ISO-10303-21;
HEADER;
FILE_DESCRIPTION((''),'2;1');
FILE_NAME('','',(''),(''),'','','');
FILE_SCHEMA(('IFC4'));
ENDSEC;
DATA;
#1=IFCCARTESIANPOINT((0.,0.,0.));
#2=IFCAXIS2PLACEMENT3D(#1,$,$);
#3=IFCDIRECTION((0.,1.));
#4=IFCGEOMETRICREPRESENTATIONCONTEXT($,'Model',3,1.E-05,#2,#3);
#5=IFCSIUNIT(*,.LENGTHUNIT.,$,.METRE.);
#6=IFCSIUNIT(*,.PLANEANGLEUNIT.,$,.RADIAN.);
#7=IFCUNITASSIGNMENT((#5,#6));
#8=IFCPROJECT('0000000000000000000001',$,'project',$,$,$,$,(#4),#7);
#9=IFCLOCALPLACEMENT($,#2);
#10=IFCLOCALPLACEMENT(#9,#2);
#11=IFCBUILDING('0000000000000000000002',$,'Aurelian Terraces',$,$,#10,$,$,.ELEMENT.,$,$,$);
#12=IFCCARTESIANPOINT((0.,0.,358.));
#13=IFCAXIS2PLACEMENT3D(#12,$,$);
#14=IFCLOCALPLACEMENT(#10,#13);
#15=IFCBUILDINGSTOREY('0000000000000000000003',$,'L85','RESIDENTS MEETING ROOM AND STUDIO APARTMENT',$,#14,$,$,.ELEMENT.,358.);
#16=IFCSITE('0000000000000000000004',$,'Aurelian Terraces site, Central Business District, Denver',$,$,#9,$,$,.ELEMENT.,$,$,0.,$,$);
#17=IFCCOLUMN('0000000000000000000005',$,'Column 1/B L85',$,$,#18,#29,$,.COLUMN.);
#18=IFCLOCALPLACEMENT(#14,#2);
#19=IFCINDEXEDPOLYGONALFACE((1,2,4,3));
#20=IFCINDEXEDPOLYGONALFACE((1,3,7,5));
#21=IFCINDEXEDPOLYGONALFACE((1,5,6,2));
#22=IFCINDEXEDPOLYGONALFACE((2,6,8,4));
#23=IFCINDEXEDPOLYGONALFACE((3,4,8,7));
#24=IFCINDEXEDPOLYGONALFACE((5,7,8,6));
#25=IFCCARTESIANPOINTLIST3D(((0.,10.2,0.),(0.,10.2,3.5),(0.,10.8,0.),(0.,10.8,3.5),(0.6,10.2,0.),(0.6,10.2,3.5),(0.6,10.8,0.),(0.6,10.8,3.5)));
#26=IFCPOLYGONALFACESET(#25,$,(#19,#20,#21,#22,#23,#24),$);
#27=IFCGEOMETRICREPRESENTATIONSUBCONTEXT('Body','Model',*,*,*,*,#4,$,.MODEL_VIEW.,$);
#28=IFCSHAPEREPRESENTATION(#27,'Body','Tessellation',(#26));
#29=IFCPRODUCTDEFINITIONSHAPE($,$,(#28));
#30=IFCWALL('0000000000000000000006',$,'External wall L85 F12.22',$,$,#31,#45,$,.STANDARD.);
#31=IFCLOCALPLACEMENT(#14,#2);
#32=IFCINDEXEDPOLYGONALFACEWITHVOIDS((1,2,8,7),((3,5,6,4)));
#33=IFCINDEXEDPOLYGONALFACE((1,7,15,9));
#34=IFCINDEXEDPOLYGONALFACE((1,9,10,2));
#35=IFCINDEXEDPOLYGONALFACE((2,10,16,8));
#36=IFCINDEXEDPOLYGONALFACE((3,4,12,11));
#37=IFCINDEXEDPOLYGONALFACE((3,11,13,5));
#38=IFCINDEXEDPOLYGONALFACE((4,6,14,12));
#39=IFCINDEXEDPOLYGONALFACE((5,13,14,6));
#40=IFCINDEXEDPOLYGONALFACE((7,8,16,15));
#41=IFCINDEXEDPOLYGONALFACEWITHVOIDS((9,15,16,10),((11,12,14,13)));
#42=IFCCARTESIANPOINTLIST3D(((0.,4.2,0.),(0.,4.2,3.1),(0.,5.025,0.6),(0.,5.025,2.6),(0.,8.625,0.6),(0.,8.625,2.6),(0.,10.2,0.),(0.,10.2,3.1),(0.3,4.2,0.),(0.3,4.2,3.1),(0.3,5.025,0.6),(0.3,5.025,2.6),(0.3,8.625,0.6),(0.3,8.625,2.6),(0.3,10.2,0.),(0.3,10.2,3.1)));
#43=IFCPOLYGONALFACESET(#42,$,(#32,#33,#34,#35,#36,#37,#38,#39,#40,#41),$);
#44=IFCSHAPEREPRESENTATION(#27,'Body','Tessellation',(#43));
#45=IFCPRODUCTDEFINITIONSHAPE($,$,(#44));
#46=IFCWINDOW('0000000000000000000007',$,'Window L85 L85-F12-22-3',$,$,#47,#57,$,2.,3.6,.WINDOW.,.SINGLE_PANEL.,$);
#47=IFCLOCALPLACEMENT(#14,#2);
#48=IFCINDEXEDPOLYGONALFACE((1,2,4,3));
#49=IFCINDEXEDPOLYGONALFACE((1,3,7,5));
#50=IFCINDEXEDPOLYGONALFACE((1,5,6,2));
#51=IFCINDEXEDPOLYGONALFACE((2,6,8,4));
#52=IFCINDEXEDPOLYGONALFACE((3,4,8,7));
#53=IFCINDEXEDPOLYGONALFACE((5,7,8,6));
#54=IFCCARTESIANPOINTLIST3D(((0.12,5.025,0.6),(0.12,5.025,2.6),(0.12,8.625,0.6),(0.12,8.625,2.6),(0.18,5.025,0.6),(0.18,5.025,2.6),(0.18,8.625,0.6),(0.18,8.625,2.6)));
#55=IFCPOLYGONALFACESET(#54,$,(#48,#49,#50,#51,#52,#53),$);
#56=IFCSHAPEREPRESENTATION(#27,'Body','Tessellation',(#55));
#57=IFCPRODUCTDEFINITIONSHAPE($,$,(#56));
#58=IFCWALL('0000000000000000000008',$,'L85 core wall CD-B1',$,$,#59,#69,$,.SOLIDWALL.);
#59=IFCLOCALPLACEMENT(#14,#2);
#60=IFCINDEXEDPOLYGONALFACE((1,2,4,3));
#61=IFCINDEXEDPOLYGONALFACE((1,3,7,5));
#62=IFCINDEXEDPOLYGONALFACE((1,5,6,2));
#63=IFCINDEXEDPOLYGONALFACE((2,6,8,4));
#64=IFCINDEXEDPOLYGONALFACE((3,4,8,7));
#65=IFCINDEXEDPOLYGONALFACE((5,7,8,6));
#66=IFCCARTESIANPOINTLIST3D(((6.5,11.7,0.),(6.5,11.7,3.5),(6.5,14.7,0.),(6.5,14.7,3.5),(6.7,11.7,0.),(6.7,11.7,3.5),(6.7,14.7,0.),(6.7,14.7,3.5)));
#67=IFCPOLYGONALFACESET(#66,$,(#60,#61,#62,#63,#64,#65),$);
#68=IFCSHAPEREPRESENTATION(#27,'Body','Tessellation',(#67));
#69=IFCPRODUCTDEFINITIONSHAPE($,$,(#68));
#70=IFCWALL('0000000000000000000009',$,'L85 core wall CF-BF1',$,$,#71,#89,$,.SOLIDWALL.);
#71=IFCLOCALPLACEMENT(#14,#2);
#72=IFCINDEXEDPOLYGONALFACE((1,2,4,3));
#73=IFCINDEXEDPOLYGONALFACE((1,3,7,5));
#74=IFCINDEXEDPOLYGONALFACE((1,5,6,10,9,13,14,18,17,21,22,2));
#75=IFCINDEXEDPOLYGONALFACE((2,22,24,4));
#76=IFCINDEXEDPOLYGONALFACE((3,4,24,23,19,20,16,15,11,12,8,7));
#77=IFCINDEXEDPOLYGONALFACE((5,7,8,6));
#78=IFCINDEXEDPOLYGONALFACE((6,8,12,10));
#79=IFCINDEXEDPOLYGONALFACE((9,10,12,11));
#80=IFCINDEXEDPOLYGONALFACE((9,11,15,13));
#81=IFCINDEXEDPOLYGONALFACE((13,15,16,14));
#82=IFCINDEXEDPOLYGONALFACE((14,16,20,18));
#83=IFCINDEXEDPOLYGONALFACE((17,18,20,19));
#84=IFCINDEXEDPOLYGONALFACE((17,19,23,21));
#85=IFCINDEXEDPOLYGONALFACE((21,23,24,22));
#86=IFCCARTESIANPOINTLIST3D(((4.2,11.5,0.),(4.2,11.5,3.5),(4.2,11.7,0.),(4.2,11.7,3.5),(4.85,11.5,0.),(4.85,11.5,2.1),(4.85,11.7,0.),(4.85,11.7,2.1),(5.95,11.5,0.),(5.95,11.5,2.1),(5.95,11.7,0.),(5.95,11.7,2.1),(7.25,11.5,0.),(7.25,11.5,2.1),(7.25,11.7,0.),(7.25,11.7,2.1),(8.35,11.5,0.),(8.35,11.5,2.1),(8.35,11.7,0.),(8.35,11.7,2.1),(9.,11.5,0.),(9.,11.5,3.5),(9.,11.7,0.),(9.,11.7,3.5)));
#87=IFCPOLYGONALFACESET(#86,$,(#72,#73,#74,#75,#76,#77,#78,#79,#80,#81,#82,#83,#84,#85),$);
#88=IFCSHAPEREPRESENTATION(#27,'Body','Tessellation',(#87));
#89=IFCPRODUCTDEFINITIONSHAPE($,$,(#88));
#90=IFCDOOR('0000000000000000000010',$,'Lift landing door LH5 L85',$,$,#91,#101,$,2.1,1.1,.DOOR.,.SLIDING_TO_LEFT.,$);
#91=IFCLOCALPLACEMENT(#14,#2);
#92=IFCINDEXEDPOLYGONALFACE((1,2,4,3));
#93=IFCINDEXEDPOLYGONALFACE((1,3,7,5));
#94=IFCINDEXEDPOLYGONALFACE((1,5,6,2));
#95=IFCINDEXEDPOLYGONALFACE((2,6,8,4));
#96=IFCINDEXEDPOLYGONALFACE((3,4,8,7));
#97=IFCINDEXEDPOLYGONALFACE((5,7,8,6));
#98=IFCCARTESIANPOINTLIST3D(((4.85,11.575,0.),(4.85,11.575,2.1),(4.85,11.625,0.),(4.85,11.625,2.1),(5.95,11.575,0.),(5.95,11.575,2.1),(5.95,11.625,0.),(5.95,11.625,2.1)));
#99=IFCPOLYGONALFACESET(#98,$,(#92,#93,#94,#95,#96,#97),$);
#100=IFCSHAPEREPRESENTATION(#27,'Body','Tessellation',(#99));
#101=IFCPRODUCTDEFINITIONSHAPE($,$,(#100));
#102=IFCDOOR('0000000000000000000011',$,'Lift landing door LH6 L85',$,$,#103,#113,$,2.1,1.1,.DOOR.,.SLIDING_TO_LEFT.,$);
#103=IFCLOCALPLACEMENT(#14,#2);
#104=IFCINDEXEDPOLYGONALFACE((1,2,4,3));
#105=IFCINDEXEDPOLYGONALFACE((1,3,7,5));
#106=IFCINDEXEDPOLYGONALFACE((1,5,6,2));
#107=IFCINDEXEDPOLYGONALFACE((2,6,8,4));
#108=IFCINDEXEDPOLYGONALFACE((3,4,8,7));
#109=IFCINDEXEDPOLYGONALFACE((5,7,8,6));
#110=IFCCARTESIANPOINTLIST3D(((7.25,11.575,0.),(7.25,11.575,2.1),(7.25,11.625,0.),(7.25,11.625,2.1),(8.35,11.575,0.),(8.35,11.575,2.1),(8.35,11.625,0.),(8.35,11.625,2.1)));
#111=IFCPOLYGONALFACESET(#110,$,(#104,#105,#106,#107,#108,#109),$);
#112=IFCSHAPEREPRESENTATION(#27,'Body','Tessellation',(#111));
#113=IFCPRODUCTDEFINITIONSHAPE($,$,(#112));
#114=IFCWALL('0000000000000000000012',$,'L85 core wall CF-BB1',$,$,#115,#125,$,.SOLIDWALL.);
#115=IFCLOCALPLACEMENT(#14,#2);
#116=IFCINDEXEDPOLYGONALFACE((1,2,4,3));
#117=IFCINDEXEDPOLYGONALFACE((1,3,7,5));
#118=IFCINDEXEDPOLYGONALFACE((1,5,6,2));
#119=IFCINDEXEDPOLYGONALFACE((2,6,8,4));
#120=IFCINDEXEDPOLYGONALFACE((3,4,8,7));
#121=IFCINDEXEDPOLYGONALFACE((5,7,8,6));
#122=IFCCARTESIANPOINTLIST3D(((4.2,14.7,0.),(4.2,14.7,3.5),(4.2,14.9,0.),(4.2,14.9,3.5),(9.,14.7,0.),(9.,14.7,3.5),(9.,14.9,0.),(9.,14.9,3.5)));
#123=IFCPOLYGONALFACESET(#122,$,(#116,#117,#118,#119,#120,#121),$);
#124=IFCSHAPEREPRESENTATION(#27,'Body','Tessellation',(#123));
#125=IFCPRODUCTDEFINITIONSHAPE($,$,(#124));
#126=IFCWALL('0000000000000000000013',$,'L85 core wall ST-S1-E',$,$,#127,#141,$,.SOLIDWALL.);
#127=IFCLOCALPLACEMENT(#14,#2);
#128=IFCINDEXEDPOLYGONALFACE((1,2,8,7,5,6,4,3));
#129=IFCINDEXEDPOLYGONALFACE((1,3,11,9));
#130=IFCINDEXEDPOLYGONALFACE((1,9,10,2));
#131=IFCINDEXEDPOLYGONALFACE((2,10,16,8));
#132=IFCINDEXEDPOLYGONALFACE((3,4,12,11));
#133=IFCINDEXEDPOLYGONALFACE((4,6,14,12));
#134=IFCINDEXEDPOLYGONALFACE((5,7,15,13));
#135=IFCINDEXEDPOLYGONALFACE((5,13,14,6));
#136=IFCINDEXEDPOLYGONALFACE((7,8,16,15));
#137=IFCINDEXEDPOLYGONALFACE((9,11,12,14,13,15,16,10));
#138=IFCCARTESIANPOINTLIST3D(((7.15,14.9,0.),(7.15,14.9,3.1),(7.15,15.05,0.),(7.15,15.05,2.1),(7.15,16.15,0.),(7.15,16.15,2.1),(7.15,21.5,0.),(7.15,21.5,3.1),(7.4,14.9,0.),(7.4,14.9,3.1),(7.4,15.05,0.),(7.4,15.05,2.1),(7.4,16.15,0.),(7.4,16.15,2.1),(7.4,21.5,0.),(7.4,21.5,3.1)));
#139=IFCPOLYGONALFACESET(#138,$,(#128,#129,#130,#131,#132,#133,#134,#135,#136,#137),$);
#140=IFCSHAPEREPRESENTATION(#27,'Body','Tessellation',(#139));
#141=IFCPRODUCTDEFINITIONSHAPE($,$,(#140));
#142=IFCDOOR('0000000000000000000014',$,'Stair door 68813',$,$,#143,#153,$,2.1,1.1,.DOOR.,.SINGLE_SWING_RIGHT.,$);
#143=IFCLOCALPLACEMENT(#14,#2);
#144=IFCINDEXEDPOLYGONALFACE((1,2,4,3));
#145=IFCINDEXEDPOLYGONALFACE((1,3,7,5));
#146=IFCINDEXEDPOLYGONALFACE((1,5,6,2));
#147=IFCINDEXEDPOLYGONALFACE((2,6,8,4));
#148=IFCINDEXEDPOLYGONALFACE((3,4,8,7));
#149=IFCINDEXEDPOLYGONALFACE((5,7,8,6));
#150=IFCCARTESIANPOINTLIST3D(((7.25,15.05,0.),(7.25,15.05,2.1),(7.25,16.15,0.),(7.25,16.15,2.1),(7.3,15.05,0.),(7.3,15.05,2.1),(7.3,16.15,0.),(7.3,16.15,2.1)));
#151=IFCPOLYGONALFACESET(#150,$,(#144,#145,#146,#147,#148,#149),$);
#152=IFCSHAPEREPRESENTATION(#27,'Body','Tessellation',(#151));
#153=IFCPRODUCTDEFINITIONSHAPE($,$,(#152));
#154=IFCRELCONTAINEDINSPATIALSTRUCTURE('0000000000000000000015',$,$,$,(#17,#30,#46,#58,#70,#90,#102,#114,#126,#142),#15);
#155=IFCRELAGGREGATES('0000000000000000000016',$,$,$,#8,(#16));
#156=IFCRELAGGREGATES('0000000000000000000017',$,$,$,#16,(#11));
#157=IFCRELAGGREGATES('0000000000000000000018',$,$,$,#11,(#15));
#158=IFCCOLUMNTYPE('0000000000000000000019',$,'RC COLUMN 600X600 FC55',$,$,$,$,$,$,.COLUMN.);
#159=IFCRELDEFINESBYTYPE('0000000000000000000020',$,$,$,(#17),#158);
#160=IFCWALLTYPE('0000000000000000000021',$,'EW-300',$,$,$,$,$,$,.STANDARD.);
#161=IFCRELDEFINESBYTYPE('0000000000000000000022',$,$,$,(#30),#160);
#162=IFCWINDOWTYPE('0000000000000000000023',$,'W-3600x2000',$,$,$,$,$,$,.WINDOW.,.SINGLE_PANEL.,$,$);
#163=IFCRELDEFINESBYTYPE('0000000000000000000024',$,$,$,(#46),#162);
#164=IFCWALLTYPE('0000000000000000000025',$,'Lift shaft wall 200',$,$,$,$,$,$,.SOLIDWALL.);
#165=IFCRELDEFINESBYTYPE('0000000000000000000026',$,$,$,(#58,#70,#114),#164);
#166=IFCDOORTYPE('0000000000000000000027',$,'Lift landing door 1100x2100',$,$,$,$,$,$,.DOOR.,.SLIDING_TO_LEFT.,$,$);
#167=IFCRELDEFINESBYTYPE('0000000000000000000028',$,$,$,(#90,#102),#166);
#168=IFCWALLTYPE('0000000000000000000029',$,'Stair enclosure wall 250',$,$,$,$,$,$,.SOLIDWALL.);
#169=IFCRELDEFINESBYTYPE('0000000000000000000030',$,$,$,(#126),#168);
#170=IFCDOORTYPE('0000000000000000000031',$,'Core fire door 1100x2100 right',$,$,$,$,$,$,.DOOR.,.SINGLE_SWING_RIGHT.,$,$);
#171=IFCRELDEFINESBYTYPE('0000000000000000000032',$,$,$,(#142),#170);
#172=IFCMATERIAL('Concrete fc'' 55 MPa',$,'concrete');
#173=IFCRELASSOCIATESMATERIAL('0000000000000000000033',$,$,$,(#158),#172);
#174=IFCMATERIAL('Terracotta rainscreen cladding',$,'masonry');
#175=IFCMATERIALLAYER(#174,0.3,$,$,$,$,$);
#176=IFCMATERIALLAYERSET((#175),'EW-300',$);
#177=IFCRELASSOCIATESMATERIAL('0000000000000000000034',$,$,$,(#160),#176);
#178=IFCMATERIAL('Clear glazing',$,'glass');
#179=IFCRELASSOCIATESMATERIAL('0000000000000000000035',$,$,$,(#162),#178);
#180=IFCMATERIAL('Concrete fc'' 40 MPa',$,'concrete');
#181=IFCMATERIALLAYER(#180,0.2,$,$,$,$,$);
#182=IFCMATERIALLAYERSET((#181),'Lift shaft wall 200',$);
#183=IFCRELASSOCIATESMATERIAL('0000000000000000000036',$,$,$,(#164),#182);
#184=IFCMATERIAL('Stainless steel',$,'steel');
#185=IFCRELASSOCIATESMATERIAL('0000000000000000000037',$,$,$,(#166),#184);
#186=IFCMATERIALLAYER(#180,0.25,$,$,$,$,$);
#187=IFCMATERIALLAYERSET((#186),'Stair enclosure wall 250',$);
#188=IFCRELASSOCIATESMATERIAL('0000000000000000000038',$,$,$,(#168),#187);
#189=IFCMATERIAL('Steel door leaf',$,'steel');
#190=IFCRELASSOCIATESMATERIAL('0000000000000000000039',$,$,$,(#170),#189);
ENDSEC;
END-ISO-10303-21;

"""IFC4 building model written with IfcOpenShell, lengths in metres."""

from ifc_helpers import new_model, si_unit, direction, frame, frame_2d, origin, origin_2d, place, context, subcontext, project, spatial, rectangle, extrude, source, transform, mapped, material, layer, layer_set, material_profile, profile_set, type_object, element, fill, save


model = new_model("IFC4")

# Units and contexts
model_context = context("Model", 3, precision=1e-05, world=origin(), true_north=direction((0.0, 1.0)))
body_context = subcontext(model_context, "Body", "Model", "MODEL_VIEW")
ifc_project = project(units=[si_unit("LENGTHUNIT", "METRE"), si_unit("PLANEANGLEUNIT", "RADIAN")], contexts=[model_context])

# Site, building, storey
site_placement = place(None, origin())
site = spatial("IfcSite", under=ifc_project, at=site_placement, Name="Aurelian Terraces site, Central Business District, Denver", CompositionType="ELEMENT", RefElevation=0.0)
building_placement = place(site_placement, origin())
building = spatial("IfcBuilding", under=site, at=building_placement, Name="Aurelian Terraces", CompositionType="ELEMENT")
storey_placement = place(building_placement, frame((0.0, 0.0, 358.0)))
storey = spatial("IfcBuildingStorey", under=building, at=storey_placement, Name="L85", Description="RESIDENTS MEETING ROOM AND STUDIO APARTMENT", CompositionType="ELEMENT", Elevation=358.0)

# Column
ifc_material_1 = material(Name="Concrete fc' 55 MPa", Category="concrete")
ifc_material_profile = material_profile(ifc_material_1, rectangle(XDim=0.6, YDim=0.6, at=origin_2d()))
ifc_profile_set = profile_set([ifc_material_profile], Name="Concrete fc' 55 MPa")
column_type = type_object("IfcColumnType", Name="RC COLUMN 600X600 FC55", PredefinedType="COLUMN", material=ifc_profile_set)
shared_shape_1 = source(origin(), body_context, "Body", "SweptSolid", [
    extrude(rectangle(XDim=0.6, YDim=0.6, at=origin_2d()), origin(), (0.0, 0.0, 1.0), 3.5),
])
column_placement = place(storey_placement, frame((0.3, 10.5, 0.0), z_axis=(0.0, 0.0, 1.0), x_axis=(1.0, 0.0, 0.0)))
element("IfcColumn", 1, at=column_placement, inside=storey, type_object=column_type, Name="Column 1/B L85", PredefinedType="COLUMN", context=body_context, shape_type="MappedRepresentation", body=[
    mapped(shared_shape_1, transform((0.0, 0.0, 0.0), scale=1.0)),
])

# Wall, opening, window
ifc_material_2 = material(Name="Terracotta rainscreen cladding", Category="masonry")
ifc_layer_1 = layer(ifc_material_2, 0.3)
ifc_layer_set_1 = layer_set([ifc_layer_1], Name="EW-300")
wall_type_1 = type_object("IfcWallType", Name="EW-300", PredefinedType="STANDARD", material=ifc_layer_set_1)
shared_shape_2 = source(origin(), body_context, "Body", "SweptSolid", [
    extrude(rectangle(XDim=6.0, YDim=0.3, at=frame_2d((3.0, 0.0))), origin(), (0.0, 0.0, 1.0), 3.1),
])
wall_1_placement = place(storey_placement, frame((0.15, 10.2, 0.0), z_axis=(0.0, 0.0, 1.0), x_axis=(0.0, -1.0, 0.0)))
wall_1 = element("IfcWall", 2, at=wall_1_placement, inside=storey, type_object=wall_type_1, Name="External wall L85 F12.22", PredefinedType="STANDARD", context=body_context, shape_type="MappedRepresentation", body=[
    mapped(shared_shape_2, transform((0.0, 0.0, 0.0), scale=1.0)),
])
shared_shape_3 = source(origin(), body_context, "Body", "SweptSolid", [
    extrude(rectangle(XDim=3.6, YDim=2.0, at=frame_2d((1.8, 1.0))), frame((0.0, 0.16, 0.0), z_axis=(0.0, -1.0, 0.0), x_axis=(1.0, 0.0, 0.0)), (0.0, 0.0, 1.0), 0.32),
])
opening_1_placement = place(wall_1_placement, frame((1.575, 0.0, 0.6)))
opening_1 = element("IfcOpeningElement", 3, at=opening_1_placement, cuts=wall_1, PredefinedType="OPENING", context=body_context, shape_type="MappedRepresentation", body=[
    mapped(shared_shape_3, transform((0.0, 0.0, 0.0), scale=1.0)),
])
ifc_material_3 = material(Name="Clear glazing", Category="glass")
window_type = type_object("IfcWindowType", Name="W-3600x2000", PartitioningType="SINGLE_PANEL", PredefinedType="WINDOW", material=ifc_material_3)
shared_shape_4 = source(origin(), body_context, "Body", "SweptSolid", [
    extrude(rectangle(XDim=3.6, YDim=2.0, at=frame_2d((1.8, 1.0))), frame((0.0, 0.03, 0.0), z_axis=(0.0, -1.0, 0.0), x_axis=(1.0, 0.0, 0.0)), (0.0, 0.0, 1.0), 0.06),
])
window_placement = place(opening_1_placement, origin())
window = element("IfcWindow", 4, at=window_placement, inside=storey, type_object=window_type, Name="Window L85 L85-F12-22-3", OverallHeight=2.0, OverallWidth=3.6, PartitioningType="SINGLE_PANEL", PredefinedType="WINDOW", context=body_context, shape_type="MappedRepresentation", body=[
    mapped(shared_shape_4, transform((0.0, 0.0, 0.0), scale=1.0)),
])
fill(opening_1, window)

# Wall
ifc_material_4 = material(Name="Concrete fc' 40 MPa", Category="concrete")
ifc_layer_2 = layer(ifc_material_4, 0.2)
ifc_layer_set_2 = layer_set([ifc_layer_2], Name="Lift shaft wall 200")
wall_type_2 = type_object("IfcWallType", Name="Lift shaft wall 200", PredefinedType="SOLIDWALL", material=ifc_layer_set_2)
shared_shape_5 = source(origin(), body_context, "Body", "SweptSolid", [
    extrude(rectangle(XDim=3.0, YDim=0.2, at=frame_2d((1.5, 0.0))), origin(), (0.0, 0.0, 1.0), 3.5),
])
wall_2_placement = place(storey_placement, frame((6.6, 11.7, 0.0), z_axis=(0.0, 0.0, 1.0), x_axis=(0.0, 1.0, 0.0)))
element("IfcWall", 5, at=wall_2_placement, inside=storey, type_object=wall_type_2, Name="L85 core wall CD-B1", PredefinedType="SOLIDWALL", context=body_context, shape_type="MappedRepresentation", body=[
    mapped(shared_shape_5, transform((0.0, 0.0, 0.0), scale=1.0)),
])

# Wall, openings, doors
shared_shape_6 = source(origin(), body_context, "Body", "SweptSolid", [
    extrude(rectangle(XDim=4.8, YDim=0.2, at=frame_2d((2.4, 0.0))), origin(), (0.0, 0.0, 1.0), 3.5),
])
wall_3_placement = place(storey_placement, frame((4.2, 11.6, 0.0), z_axis=(0.0, 0.0, 1.0), x_axis=(1.0, 0.0, 0.0)))
wall_3 = element("IfcWall", 6, at=wall_3_placement, inside=storey, type_object=wall_type_2, Name="L85 core wall CF-BF1", PredefinedType="SOLIDWALL", context=body_context, shape_type="MappedRepresentation", body=[
    mapped(shared_shape_6, transform((0.0, 0.0, 0.0), scale=1.0)),
])
shared_shape_7 = source(origin(), body_context, "Body", "SweptSolid", [
    extrude(rectangle(XDim=1.1, YDim=2.1, at=frame_2d((0.55, 1.05))), frame((0.0, 0.11, 0.0), z_axis=(0.0, -1.0, 0.0), x_axis=(1.0, 0.0, 0.0)), (0.0, 0.0, 1.0), 0.22),
])
opening_2_placement = place(wall_3_placement, frame((0.65, 0.0, 0.0)))
opening_2 = element("IfcOpeningElement", 7, at=opening_2_placement, cuts=wall_3, PredefinedType="OPENING", context=body_context, shape_type="MappedRepresentation", body=[
    mapped(shared_shape_7, transform((0.0, 0.0, 0.0), scale=1.0)),
])
opening_3_placement = place(wall_3_placement, frame((3.05, 0.0, 0.0)))
opening_3 = element("IfcOpeningElement", 8, at=opening_3_placement, cuts=wall_3, PredefinedType="OPENING", context=body_context, shape_type="MappedRepresentation", body=[
    mapped(shared_shape_7, transform((0.0, 0.0, 0.0), scale=1.0)),
])
ifc_material_5 = material(Name="Stainless steel", Category="steel")
door_type_1 = type_object("IfcDoorType", Name="Lift landing door 1100x2100", OperationType="SLIDING_TO_LEFT", PredefinedType="DOOR", material=ifc_material_5)
shared_shape_8 = source(origin(), body_context, "Body", "SweptSolid", [
    extrude(rectangle(XDim=1.1, YDim=2.1, at=frame_2d((0.55, 1.05))), frame((0.0, 0.025, 0.0), z_axis=(0.0, -1.0, 0.0), x_axis=(1.0, 0.0, 0.0)), (0.0, 0.0, 1.0), 0.05),
])
door_1_placement = place(opening_2_placement, origin())
door_1 = element("IfcDoor", 9, at=door_1_placement, inside=storey, type_object=door_type_1, Name="Lift landing door LH5 L85", OperationType="SLIDING_TO_LEFT", OverallHeight=2.1, OverallWidth=1.1, PredefinedType="DOOR", context=body_context, shape_type="MappedRepresentation", body=[
    mapped(shared_shape_8, transform((0.0, 0.0, 0.0), scale=1.0)),
])
fill(opening_2, door_1)
door_2_placement = place(opening_3_placement, origin())
door_2 = element("IfcDoor", 10, at=door_2_placement, inside=storey, type_object=door_type_1, Name="Lift landing door LH6 L85", OperationType="SLIDING_TO_LEFT", OverallHeight=2.1, OverallWidth=1.1, PredefinedType="DOOR", context=body_context, shape_type="MappedRepresentation", body=[
    mapped(shared_shape_8, transform((0.0, 0.0, 0.0), scale=1.0)),
])
fill(opening_3, door_2)

# Wall
wall_4_placement = place(storey_placement, frame((4.2, 14.8, 0.0), z_axis=(0.0, 0.0, 1.0), x_axis=(1.0, 0.0, 0.0)))
element("IfcWall", 11, at=wall_4_placement, inside=storey, type_object=wall_type_2, Name="L85 core wall CF-BB1", PredefinedType="SOLIDWALL", context=body_context, shape_type="MappedRepresentation", body=[
    mapped(shared_shape_6, transform((0.0, 0.0, 0.0), scale=1.0)),
])

# Wall, opening, door
ifc_layer_3 = layer(ifc_material_4, 0.25)
ifc_layer_set_3 = layer_set([ifc_layer_3], Name="Stair enclosure wall 250")
wall_type_3 = type_object("IfcWallType", Name="Stair enclosure wall 250", PredefinedType="SOLIDWALL", material=ifc_layer_set_3)
shared_shape_9 = source(origin(), body_context, "Body", "SweptSolid", [
    extrude(rectangle(XDim=6.6, YDim=0.25, at=frame_2d((3.3, 0.0))), origin(), (0.0, 0.0, 1.0), 3.1),
])
wall_5_placement = place(storey_placement, frame((7.275, 14.9, 0.0), z_axis=(0.0, 0.0, 1.0), x_axis=(0.0, 1.0, 0.0)))
wall_5 = element("IfcWall", 12, at=wall_5_placement, inside=storey, type_object=wall_type_3, Name="L85 core wall ST-S1-E", PredefinedType="SOLIDWALL", context=body_context, shape_type="MappedRepresentation", body=[
    mapped(shared_shape_9, transform((0.0, 0.0, 0.0), scale=1.0)),
])
shared_shape_10 = source(origin(), body_context, "Body", "SweptSolid", [
    extrude(rectangle(XDim=1.1, YDim=2.1, at=frame_2d((0.55, 1.05))), frame((0.0, 0.135, 0.0), z_axis=(0.0, -1.0, 0.0), x_axis=(1.0, 0.0, 0.0)), (0.0, 0.0, 1.0), 0.27),
])
opening_4_placement = place(wall_5_placement, frame((0.15, 0.0, 0.0)))
opening_4 = element("IfcOpeningElement", 13, at=opening_4_placement, cuts=wall_5, PredefinedType="OPENING", context=body_context, shape_type="MappedRepresentation", body=[
    mapped(shared_shape_10, transform((0.0, 0.0, 0.0), scale=1.0)),
])
ifc_material_6 = material(Name="Steel door leaf", Category="steel")
door_type_2 = type_object("IfcDoorType", Name="Core fire door 1100x2100 right", OperationType="SINGLE_SWING_RIGHT", PredefinedType="DOOR", material=ifc_material_6)
door_3_placement = place(opening_4_placement, origin())
door_3 = element("IfcDoor", 14, at=door_3_placement, inside=storey, type_object=door_type_2, Name="Stair door 68813", OperationType="SINGLE_SWING_RIGHT", OverallHeight=2.1, OverallWidth=1.1, PredefinedType="DOOR", context=body_context, shape_type="MappedRepresentation", body=[
    mapped(shared_shape_8, transform((0.0, 0.0, 0.0), scale=1.0)),
])
fill(opening_4, door_3)

save(model, "model.ifc")
